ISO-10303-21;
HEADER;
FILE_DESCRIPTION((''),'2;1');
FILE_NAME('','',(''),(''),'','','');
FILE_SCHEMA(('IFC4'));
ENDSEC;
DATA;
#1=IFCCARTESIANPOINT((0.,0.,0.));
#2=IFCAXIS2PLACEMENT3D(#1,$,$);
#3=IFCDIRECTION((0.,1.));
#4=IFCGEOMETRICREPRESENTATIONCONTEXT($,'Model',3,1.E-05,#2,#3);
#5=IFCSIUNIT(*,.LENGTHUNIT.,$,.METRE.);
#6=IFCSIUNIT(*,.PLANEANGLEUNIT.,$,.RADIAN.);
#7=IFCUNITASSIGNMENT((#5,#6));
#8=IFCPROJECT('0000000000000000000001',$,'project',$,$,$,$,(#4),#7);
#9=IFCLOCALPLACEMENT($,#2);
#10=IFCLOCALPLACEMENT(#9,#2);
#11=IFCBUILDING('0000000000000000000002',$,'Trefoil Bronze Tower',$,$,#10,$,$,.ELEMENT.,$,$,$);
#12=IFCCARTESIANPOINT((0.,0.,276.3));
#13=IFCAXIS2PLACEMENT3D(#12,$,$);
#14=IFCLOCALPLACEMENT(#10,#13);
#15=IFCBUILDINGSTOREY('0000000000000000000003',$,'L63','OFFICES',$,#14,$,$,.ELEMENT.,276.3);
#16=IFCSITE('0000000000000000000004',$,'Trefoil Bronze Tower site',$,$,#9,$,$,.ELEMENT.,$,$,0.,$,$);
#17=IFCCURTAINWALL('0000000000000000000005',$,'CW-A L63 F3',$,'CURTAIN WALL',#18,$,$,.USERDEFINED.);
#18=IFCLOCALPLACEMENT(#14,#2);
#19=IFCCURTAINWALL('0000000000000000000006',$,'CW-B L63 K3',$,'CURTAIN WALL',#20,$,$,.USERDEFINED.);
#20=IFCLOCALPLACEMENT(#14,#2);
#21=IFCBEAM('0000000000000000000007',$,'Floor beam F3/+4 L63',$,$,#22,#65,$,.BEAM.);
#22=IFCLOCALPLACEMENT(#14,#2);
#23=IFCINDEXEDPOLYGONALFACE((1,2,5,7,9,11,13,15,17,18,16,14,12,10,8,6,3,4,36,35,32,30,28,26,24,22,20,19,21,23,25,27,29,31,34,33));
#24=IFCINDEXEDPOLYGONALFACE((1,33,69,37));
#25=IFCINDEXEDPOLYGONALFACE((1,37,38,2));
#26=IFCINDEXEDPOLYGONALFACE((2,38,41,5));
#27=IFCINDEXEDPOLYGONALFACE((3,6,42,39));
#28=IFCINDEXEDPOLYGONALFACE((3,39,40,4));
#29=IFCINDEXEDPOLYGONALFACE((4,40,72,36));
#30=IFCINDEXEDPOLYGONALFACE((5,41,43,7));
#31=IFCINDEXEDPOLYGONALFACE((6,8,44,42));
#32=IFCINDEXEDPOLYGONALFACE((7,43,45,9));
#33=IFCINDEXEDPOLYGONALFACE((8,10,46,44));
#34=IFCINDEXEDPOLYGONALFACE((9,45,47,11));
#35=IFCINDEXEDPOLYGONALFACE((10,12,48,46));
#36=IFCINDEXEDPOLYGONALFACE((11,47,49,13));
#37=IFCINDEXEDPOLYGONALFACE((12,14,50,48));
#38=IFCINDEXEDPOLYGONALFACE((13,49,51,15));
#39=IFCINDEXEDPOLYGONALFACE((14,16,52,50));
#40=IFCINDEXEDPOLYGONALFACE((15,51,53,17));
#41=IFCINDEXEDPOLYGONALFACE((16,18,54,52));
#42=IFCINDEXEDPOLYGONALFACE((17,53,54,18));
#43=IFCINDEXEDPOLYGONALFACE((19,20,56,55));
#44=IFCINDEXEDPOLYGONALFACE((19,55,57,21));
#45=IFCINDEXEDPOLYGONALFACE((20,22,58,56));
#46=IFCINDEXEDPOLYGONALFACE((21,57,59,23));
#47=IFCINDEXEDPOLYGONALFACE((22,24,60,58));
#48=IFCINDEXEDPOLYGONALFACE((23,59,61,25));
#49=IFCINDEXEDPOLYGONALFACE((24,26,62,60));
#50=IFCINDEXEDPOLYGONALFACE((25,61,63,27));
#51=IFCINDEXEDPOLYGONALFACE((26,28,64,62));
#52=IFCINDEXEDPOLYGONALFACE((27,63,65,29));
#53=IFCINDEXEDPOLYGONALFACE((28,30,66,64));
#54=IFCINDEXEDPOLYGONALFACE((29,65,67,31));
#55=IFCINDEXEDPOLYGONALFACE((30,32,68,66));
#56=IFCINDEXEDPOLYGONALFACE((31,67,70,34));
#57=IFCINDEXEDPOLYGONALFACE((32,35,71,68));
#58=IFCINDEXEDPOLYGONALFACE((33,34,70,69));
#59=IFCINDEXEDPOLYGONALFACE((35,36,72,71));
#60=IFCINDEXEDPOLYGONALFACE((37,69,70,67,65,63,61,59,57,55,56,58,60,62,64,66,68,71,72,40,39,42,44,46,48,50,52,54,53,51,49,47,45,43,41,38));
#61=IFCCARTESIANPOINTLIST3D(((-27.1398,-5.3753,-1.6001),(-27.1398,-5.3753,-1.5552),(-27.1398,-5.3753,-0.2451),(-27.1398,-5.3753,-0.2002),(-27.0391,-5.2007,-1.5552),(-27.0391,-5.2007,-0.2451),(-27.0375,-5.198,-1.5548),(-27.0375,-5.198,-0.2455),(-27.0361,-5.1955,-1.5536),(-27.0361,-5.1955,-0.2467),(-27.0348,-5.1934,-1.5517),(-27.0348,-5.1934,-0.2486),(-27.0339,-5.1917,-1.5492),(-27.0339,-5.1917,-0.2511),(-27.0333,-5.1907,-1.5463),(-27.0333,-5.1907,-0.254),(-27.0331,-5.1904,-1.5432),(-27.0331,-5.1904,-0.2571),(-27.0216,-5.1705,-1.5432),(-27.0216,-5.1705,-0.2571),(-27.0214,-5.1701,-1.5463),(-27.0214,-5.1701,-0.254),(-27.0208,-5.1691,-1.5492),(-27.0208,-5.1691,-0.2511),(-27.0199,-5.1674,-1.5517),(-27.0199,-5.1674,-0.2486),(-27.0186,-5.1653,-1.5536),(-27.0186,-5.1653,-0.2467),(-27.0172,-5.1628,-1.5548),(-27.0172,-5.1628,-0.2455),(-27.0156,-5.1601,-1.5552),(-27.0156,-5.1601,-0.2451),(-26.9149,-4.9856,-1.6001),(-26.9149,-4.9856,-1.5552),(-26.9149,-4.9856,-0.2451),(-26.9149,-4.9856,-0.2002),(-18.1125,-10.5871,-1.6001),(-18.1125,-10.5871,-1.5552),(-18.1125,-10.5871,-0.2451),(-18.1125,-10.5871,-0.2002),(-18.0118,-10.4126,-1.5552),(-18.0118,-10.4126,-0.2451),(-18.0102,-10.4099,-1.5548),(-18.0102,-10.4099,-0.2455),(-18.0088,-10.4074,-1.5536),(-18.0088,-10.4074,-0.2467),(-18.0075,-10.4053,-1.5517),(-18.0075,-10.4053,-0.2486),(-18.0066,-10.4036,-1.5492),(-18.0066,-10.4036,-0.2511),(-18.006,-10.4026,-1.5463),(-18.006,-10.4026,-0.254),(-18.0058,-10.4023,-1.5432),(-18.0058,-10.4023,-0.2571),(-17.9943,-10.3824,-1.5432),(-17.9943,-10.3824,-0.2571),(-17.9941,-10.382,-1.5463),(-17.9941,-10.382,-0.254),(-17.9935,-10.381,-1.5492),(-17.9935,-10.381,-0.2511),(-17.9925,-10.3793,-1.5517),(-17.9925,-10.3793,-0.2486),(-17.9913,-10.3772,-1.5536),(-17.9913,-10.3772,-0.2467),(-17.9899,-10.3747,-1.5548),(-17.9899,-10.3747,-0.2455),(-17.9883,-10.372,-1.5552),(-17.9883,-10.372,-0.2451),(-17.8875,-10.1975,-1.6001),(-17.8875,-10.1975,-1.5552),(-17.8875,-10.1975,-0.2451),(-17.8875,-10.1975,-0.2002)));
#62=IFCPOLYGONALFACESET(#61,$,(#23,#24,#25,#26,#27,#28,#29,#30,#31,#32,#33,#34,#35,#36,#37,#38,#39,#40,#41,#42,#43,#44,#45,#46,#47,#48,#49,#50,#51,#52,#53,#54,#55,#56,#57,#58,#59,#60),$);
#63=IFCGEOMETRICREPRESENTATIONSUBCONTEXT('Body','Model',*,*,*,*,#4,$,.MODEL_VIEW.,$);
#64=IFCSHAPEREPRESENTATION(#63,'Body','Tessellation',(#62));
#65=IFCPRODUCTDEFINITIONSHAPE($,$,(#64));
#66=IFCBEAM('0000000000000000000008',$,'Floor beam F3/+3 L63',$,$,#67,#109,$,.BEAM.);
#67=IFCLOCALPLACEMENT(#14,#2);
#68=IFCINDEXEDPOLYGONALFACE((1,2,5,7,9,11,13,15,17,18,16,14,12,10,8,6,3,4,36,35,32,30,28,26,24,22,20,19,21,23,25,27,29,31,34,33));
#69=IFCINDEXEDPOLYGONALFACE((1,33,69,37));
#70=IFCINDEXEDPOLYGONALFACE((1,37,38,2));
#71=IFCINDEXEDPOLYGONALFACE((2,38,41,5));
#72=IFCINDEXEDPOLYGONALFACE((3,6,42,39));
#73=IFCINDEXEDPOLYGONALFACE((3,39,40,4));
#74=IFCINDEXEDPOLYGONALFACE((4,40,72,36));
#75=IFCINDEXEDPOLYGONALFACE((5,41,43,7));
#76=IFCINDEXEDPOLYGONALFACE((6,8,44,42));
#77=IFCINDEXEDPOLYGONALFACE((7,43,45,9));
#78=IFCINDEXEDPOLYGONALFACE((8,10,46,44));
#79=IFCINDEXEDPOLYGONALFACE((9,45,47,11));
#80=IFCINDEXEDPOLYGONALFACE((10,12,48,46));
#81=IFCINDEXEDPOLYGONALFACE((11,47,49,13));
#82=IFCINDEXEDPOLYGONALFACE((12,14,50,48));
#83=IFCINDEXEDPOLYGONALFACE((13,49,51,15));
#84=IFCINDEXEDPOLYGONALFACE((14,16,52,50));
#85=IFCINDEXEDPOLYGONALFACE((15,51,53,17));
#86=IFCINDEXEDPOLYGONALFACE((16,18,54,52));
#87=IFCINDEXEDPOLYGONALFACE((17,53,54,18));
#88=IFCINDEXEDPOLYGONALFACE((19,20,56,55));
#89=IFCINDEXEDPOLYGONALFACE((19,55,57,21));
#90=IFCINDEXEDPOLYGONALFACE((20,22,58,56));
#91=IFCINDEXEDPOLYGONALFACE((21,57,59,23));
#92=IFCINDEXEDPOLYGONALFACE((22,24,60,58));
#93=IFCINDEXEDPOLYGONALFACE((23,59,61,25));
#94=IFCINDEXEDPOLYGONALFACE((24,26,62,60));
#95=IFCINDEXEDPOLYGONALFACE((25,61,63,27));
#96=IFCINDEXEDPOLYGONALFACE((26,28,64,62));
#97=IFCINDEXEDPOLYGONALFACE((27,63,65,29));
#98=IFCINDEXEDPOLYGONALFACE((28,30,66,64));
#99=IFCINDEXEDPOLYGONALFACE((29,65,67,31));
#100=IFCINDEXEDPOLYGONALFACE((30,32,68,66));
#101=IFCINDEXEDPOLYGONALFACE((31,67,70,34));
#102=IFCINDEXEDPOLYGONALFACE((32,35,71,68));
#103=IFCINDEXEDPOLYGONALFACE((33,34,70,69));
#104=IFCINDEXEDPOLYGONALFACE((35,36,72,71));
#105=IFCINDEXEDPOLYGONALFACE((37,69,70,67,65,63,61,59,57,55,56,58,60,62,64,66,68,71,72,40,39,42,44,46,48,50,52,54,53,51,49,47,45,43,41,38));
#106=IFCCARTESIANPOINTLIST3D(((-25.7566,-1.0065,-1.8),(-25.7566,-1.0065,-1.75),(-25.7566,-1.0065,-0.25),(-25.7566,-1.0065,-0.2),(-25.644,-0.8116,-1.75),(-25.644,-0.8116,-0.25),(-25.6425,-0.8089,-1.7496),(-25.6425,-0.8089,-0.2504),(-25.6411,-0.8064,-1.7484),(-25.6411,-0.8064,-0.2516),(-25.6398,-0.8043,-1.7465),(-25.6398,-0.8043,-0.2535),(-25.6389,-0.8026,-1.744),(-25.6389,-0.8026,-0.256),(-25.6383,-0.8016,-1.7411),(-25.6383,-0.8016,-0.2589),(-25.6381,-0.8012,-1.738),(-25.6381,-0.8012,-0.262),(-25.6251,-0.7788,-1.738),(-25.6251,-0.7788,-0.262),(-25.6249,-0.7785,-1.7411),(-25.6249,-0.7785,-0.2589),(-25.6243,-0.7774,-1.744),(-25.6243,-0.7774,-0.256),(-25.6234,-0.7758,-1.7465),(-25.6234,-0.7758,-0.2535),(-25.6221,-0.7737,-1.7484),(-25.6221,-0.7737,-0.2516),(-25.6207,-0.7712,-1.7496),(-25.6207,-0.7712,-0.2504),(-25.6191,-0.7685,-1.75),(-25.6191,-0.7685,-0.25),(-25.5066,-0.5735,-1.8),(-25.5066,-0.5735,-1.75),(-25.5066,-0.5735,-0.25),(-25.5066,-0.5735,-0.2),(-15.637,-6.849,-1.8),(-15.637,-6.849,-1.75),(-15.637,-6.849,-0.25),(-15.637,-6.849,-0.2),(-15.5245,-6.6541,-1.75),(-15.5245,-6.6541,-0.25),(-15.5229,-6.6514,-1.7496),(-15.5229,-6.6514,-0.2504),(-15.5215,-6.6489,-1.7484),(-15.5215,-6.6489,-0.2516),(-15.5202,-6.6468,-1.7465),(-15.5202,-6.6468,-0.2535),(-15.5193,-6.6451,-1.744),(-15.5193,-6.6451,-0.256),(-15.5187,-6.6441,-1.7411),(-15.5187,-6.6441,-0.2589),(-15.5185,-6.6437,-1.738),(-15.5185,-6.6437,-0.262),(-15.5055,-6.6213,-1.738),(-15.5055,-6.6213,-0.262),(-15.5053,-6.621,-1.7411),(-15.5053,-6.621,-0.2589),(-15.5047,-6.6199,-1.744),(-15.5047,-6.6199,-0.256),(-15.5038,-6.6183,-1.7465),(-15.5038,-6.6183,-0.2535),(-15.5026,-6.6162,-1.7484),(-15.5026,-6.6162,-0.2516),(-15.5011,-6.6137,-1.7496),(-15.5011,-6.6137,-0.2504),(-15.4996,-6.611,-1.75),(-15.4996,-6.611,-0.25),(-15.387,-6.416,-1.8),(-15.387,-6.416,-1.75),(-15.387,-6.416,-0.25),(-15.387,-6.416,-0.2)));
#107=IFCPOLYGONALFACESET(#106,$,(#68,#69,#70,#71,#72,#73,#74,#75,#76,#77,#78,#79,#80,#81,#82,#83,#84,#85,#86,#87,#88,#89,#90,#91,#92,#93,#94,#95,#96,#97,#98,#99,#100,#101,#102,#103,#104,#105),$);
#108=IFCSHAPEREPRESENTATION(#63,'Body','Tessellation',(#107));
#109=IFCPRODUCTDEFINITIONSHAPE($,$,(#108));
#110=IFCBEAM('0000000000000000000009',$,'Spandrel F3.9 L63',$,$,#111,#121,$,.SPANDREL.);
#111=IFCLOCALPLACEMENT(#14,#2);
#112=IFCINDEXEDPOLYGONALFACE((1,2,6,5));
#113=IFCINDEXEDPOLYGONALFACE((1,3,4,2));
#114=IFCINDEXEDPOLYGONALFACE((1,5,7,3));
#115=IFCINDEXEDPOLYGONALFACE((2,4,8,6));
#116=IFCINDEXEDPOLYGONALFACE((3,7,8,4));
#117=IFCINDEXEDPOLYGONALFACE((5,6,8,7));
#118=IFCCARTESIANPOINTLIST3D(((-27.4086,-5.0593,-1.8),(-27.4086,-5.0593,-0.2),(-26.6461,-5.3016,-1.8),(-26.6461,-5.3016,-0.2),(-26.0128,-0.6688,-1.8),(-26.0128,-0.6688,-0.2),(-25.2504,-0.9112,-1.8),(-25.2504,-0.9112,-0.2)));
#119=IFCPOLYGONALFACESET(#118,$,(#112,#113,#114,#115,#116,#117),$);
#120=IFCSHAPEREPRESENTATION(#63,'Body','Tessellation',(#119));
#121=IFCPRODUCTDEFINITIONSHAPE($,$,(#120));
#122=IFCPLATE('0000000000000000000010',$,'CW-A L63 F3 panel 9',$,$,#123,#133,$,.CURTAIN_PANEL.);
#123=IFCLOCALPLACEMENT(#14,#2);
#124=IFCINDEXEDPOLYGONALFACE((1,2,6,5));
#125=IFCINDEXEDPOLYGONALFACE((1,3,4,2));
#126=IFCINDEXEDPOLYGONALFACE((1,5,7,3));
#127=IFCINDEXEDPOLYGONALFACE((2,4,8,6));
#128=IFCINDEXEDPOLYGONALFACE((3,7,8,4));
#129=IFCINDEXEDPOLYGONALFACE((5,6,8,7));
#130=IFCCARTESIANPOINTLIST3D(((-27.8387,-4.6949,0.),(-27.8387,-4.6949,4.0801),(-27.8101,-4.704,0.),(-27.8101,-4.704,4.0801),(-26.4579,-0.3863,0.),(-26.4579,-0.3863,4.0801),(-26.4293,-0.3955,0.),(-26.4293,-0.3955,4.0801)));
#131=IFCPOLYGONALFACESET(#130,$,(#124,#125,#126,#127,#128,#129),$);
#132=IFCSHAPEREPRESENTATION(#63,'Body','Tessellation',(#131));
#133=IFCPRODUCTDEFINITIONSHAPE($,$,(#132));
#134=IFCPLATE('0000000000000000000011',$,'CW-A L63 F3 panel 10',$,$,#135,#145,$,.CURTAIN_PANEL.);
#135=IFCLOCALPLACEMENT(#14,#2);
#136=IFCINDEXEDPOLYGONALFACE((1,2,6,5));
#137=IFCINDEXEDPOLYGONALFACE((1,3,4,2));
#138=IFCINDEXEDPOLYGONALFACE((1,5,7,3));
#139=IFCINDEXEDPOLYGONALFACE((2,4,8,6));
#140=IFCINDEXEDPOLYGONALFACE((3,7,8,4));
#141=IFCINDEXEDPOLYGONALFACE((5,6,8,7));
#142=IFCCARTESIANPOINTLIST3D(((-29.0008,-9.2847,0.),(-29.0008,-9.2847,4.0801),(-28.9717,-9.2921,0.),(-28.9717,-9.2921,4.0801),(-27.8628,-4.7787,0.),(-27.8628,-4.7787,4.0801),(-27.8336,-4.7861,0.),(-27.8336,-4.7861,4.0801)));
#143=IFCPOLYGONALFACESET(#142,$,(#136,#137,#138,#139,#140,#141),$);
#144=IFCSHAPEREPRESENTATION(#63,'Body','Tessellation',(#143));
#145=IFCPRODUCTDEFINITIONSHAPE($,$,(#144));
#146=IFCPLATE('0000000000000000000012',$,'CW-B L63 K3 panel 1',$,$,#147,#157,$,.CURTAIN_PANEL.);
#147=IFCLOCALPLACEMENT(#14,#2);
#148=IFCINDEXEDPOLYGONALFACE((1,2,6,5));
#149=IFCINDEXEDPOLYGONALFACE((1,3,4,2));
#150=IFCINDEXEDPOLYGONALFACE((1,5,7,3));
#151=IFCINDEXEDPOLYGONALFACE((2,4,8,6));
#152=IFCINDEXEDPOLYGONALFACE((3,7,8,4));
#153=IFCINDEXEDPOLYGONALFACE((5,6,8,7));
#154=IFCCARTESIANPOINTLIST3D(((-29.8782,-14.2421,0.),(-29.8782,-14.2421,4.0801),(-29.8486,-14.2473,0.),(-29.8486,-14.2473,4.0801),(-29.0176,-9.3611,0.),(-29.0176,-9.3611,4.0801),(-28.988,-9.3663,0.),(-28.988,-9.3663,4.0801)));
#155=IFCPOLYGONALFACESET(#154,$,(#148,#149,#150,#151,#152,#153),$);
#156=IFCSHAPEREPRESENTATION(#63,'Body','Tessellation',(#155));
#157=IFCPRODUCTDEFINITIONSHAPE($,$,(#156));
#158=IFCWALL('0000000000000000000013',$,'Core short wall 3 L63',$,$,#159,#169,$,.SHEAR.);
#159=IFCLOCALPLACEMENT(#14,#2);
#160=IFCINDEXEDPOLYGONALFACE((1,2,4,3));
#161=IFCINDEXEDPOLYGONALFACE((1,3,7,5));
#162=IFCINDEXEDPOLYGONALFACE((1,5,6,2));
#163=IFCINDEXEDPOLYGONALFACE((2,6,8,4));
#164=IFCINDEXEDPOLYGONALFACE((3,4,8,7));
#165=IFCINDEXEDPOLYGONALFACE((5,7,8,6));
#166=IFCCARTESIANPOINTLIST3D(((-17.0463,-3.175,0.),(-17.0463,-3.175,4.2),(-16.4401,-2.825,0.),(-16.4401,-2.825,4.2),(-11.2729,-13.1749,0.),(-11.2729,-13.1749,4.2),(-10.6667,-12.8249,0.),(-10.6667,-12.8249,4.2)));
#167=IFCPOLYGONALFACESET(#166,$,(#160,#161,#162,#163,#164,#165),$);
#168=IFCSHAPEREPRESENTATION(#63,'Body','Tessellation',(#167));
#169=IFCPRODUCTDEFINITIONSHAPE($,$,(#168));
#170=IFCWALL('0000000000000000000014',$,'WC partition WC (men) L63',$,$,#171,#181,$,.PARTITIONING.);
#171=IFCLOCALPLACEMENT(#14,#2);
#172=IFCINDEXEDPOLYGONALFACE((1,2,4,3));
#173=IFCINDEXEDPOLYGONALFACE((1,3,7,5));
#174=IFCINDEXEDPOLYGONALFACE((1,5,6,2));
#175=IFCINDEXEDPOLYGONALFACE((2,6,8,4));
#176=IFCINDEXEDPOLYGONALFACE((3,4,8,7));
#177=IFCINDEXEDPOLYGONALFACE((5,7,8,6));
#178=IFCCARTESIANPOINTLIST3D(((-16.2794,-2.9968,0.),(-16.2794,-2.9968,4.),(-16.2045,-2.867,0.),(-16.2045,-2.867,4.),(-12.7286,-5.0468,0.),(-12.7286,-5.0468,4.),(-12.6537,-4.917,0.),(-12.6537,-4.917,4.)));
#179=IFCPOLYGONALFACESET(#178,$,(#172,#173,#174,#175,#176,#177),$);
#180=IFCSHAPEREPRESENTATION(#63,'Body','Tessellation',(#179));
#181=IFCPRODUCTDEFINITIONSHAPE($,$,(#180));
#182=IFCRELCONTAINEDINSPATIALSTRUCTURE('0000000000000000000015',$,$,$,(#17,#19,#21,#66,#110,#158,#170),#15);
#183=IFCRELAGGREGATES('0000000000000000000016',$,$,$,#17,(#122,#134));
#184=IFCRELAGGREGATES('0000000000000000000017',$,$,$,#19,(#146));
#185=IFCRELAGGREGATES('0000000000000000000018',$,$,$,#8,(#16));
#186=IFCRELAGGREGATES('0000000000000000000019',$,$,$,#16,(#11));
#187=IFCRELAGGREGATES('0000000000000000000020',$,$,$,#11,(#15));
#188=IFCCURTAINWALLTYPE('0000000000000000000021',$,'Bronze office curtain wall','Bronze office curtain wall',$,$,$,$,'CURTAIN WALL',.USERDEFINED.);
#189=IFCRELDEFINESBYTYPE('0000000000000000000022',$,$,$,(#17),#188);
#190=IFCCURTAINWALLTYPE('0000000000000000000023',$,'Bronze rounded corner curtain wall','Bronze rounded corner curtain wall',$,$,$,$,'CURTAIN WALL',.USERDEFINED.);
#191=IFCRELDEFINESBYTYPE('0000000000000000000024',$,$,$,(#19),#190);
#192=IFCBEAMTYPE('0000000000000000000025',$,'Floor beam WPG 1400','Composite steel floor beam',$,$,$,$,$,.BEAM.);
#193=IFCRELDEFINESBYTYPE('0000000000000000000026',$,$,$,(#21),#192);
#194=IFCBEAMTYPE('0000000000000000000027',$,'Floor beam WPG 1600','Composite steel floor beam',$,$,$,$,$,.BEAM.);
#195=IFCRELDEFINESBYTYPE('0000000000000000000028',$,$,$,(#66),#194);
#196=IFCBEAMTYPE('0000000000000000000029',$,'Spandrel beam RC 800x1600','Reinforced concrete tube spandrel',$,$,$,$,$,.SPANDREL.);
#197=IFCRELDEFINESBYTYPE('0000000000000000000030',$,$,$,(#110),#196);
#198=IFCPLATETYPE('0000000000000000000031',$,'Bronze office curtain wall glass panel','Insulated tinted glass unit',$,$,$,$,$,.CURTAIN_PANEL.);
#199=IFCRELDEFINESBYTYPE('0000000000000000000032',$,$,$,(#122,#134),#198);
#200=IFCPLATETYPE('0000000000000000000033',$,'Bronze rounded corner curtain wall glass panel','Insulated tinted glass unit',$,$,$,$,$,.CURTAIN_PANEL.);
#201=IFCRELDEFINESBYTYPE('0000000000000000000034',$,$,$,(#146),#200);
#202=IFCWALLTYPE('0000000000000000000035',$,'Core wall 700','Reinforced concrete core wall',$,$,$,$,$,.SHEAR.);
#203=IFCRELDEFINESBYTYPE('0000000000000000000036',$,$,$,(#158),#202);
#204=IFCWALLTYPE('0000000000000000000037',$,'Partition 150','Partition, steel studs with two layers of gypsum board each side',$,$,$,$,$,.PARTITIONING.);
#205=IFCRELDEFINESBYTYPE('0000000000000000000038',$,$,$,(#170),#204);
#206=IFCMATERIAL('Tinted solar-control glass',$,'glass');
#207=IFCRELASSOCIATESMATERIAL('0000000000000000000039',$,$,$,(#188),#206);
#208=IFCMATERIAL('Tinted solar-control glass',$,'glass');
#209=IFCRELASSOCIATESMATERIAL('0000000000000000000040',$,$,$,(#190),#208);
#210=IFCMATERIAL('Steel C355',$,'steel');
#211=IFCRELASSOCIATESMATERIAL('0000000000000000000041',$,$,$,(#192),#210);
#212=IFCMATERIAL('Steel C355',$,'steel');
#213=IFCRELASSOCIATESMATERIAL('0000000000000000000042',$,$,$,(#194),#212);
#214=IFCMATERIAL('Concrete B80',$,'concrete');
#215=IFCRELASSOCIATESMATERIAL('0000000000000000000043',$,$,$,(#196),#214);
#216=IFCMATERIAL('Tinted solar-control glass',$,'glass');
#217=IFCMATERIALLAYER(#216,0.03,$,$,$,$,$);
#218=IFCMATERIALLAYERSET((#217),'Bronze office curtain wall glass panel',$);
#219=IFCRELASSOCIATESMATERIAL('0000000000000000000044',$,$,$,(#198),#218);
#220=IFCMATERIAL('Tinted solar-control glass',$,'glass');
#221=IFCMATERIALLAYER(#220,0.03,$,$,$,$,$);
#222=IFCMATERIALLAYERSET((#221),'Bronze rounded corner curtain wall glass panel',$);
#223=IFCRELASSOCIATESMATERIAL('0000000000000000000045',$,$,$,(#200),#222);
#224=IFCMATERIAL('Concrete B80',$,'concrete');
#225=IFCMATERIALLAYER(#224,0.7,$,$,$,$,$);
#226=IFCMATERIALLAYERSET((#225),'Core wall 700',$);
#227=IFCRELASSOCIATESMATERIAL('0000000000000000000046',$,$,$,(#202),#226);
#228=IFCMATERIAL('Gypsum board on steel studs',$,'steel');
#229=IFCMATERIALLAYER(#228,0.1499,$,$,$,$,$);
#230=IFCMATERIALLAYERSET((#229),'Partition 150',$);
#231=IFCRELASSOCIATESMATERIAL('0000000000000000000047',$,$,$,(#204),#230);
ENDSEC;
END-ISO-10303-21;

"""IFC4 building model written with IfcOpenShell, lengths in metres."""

from ifc_helpers import new_model, si_unit, direction, frame, frame_2d, origin, origin_2d, place, context, subcontext, project, spatial, rectangle, i_section, extrude, material, layer, layer_set, material_profile, profile_set, type_object, element, aggregate, save


model = new_model("IFC4")

# Units and contexts
model_context = context("Model", 3, precision=1e-05, world=origin(), true_north=direction((0.0, 1.0)))
body_context = subcontext(model_context, "Body", "Model", "MODEL_VIEW")
ifc_project = project(units=[si_unit("LENGTHUNIT", "METRE"), si_unit("PLANEANGLEUNIT", "RADIAN")], contexts=[model_context])

# Site, building, storey
site_placement = place(None, origin())
site = spatial("IfcSite", under=ifc_project, at=site_placement, Name="Trefoil Bronze Tower site", CompositionType="ELEMENT", RefElevation=0.0)
building_placement = place(site_placement, origin())
building = spatial("IfcBuilding", under=site, at=building_placement, Name="Trefoil Bronze Tower", CompositionType="ELEMENT")
storey_placement = place(building_placement, frame((0.0, 0.0, 276.3)))
storey = spatial("IfcBuildingStorey", under=building, at=storey_placement, Name="L63", Description="OFFICES", CompositionType="ELEMENT", Elevation=276.3)

# Curtain walls
ifc_material_1 = material(Name="Tinted solar-control glass", Category="glass")
curtain_wall_type_1 = type_object("IfcCurtainWallType", Name="Bronze office curtain wall", Description="Bronze office curtain wall", ElementType="CURTAIN WALL", PredefinedType="USERDEFINED", material=ifc_material_1)
curtain_wall_1_placement = place(storey_placement, origin())
curtain_wall_1 = element("IfcCurtainWall", 1, at=curtain_wall_1_placement, inside=storey, type_object=curtain_wall_type_1, Name="CW-A L63 F3", ObjectType="CURTAIN WALL", PredefinedType="USERDEFINED")
ifc_material_2 = material(Name="Tinted solar-control glass", Category="glass")
curtain_wall_type_2 = type_object("IfcCurtainWallType", Name="Bronze rounded corner curtain wall", Description="Bronze rounded corner curtain wall", ElementType="CURTAIN WALL", PredefinedType="USERDEFINED", material=ifc_material_2)
curtain_wall_2_placement = place(storey_placement, origin())
curtain_wall_2 = element("IfcCurtainWall", 2, at=curtain_wall_2_placement, inside=storey, type_object=curtain_wall_type_2, Name="CW-B L63 K3", ObjectType="CURTAIN WALL", PredefinedType="USERDEFINED")

# Beams
ifc_material_3 = material(Name="Steel C355", Category="steel")
ifc_material_profile_1 = material_profile(ifc_material_3, i_section(OverallWidth=0.45, OverallDepth=1.3999, WebThickness=0.0229, FlangeThickness=0.0449, FilletRadius=0.012, at=origin_2d()), Name="WPG 1400")
ifc_profile_set_1 = profile_set([ifc_material_profile_1], Name="Steel C355")
beam_type_1 = type_object("IfcBeamType", Name="Floor beam WPG 1400", Description="Composite steel floor beam", PredefinedType="BEAM", material=ifc_profile_set_1)
beam_1_placement = place(storey_placement, frame((-27.0273, -5.1804, -0.9001), z_axis=(0.866026, -0.499998, 0.0), x_axis=(0.499998, 0.866026, 0.0)))
element("IfcBeam", 3, at=beam_1_placement, inside=storey, type_object=beam_type_1, Name="Floor beam F3/+4 L63", PredefinedType="BEAM", context=body_context, shape_type="SweptSolid", body=[
    extrude(i_section(OverallWidth=0.45, OverallDepth=1.3999, WebThickness=0.0229, FlangeThickness=0.0449, FilletRadius=0.012, at=origin_2d()), origin(), (0.0, 0.0, 1.0), 10.4238),
])
ifc_material_4 = material(Name="Steel C355", Category="steel")
ifc_material_profile_2 = material_profile(ifc_material_4, i_section(OverallWidth=0.5, OverallDepth=1.6001, WebThickness=0.0259, FlangeThickness=0.05, FilletRadius=0.012, at=origin_2d()), Name="WPG 1600")
ifc_profile_set_2 = profile_set([ifc_material_profile_2], Name="Steel C355")
beam_type_2 = type_object("IfcBeamType", Name="Floor beam WPG 1600", Description="Composite steel floor beam", PredefinedType="BEAM", material=ifc_profile_set_2)
beam_2_placement = place(storey_placement, frame((-25.6316, -0.79, -1.0), z_axis=(0.866027, -0.499997, 0.0), x_axis=(0.499997, 0.866027, 0.0)))
element("IfcBeam", 4, at=beam_2_placement, inside=storey, type_object=beam_type_2, Name="Floor beam F3/+3 L63", PredefinedType="BEAM", context=body_context, shape_type="SweptSolid", body=[
    extrude(i_section(OverallWidth=0.5, OverallDepth=1.6001, WebThickness=0.0259, FlangeThickness=0.05, FilletRadius=0.012, at=origin_2d()), origin(), (0.0, 0.0, 1.0), 11.6851),
])
ifc_material_5 = material(Name="Concrete B80", Category="concrete")
ifc_material_profile_3 = material_profile(ifc_material_5, rectangle(XDim=0.8, YDim=1.6001, at=origin_2d()), Name="RC 800x1600")
ifc_profile_set_3 = profile_set([ifc_material_profile_3], Name="Concrete B80")
beam_type_3 = type_object("IfcBeamType", Name="Spandrel beam RC 800x1600", Description="Reinforced concrete tube spandrel", PredefinedType="SPANDREL", material=ifc_profile_set_3)
beam_3_placement = place(storey_placement, frame((-25.6316, -0.79, -1.0), z_axis=(-0.30297, -0.953, 0.0), x_axis=(0.953, -0.30297, 0.0)))
element("IfcBeam", 5, at=beam_3_placement, inside=storey, type_object=beam_type_3, Name="Spandrel F3.9 L63", PredefinedType="SPANDREL", context=body_context, shape_type="SweptSolid", body=[
    extrude(rectangle(XDim=0.8, YDim=1.6001, at=origin_2d()), origin(), (0.0, 0.0, 1.0), 4.6069),
])

# Plates
ifc_material_6 = material(Name="Tinted solar-control glass", Category="glass")
ifc_layer_1 = layer(ifc_material_6, 0.03)
ifc_layer_set_1 = layer_set([ifc_layer_1], Name="Bronze office curtain wall glass panel")
plate_type_1 = type_object("IfcPlateType", Name="Bronze office curtain wall glass panel", Description="Insulated tinted glass unit", PredefinedType="CURTAIN_PANEL", material=ifc_layer_set_1)
plate_1_placement = place(storey_placement, frame((-27.134, -2.5452, 0.0), z_axis=(0.0, 0.0, 1.0), x_axis=(-0.305188, -0.952292, 0.0)))
plate_1 = element("IfcPlate", 6, at=plate_1_placement, type_object=plate_type_1, Name="CW-A L63 F3 panel 9", PredefinedType="CURTAIN_PANEL", context=body_context, shape_type="SweptSolid", body=[
    extrude(rectangle(XDim=4.5244, YDim=0.03, at=origin_2d()), origin(), (0.0, 0.0, 1.0), 4.0801),
])
plate_2_placement = place(storey_placement, frame((-28.4172, -7.0354, 0.0), z_axis=(0.0, 0.0, 1.0), x_axis=(-0.24488, -0.969554, 0.0)))
plate_2 = element("IfcPlate", 7, at=plate_2_placement, type_object=plate_type_1, Name="CW-A L63 F3 panel 10", PredefinedType="CURTAIN_PANEL", context=body_context, shape_type="SweptSolid", body=[
    extrude(rectangle(XDim=4.6475, YDim=0.03, at=origin_2d()), origin(), (0.0, 0.0, 1.0), 4.0801),
])
aggregate(curtain_wall_1, [plate_1, plate_2])
ifc_material_7 = material(Name="Tinted solar-control glass", Category="glass")
ifc_layer_2 = layer(ifc_material_7, 0.03)
ifc_layer_set_2 = layer_set([ifc_layer_2], Name="Bronze rounded corner curtain wall glass panel")
plate_type_2 = type_object("IfcPlateType", Name="Bronze rounded corner curtain wall glass panel", Description="Insulated tinted glass unit", PredefinedType="CURTAIN_PANEL", material=ifc_layer_set_2)
plate_3_placement = place(storey_placement, frame((-29.4331, -11.8042, 0.0), z_axis=(0.0, 0.0, 1.0), x_axis=(-0.173648, -0.984808, 0.0)))
plate_3 = element("IfcPlate", 8, at=plate_3_placement, type_object=plate_type_2, Name="CW-B L63 K3 panel 1", PredefinedType="CURTAIN_PANEL", context=body_context, shape_type="SweptSolid", body=[
    extrude(rectangle(XDim=4.9563, YDim=0.03, at=origin_2d()), origin(), (0.0, 0.0, 1.0), 4.0801),
])
aggregate(curtain_wall_2, [plate_3])

# Walls
ifc_material_8 = material(Name="Concrete B80", Category="concrete")
ifc_layer_3 = layer(ifc_material_8, 0.7)
ifc_layer_set_3 = layer_set([ifc_layer_3], Name="Core wall 700")
wall_type_1 = type_object("IfcWallType", Name="Core wall 700", Description="Reinforced concrete core wall", PredefinedType="SHEAR", material=ifc_layer_set_3)
wall_1_placement = place(storey_placement, frame((-16.7432, -3.0, 0.0), z_axis=(0.0, 0.0, 1.0), x_axis=(0.499996, -0.866028, 0.0)))
element("IfcWall", 9, at=wall_1_placement, inside=storey, type_object=wall_type_1, Name="Core short wall 3 L63", PredefinedType="SHEAR", context=body_context, shape_type="SweptSolid", body=[
    extrude(rectangle(XDim=11.5469, YDim=0.7, at=frame_2d((5.7734, 0.0))), origin(), (0.0, 0.0, 1.0), 4.2),
])
ifc_material_9 = material(Name="Gypsum board on steel studs", Category="steel")
ifc_layer_4 = layer(ifc_material_9, 0.1499)
ifc_layer_set_4 = layer_set([ifc_layer_4], Name="Partition 150")
wall_type_2 = type_object("IfcWallType", Name="Partition 150", Description="Partition, steel studs with two layers of gypsum board each side", PredefinedType="PARTITIONING", material=ifc_layer_set_4)
wall_2_placement = place(storey_placement, frame((-12.6912, -4.9819, 0.0), z_axis=(0.0, 0.0, 1.0), x_axis=(-0.866025, 0.500001, 0.0)))
element("IfcWall", 10, at=wall_2_placement, inside=storey, type_object=wall_type_2, Name="WC partition WC (men) L63", PredefinedType="PARTITIONING", context=body_context, shape_type="SweptSolid", body=[
    extrude(rectangle(XDim=4.1001, YDim=0.1499, at=frame_2d((2.05, 0.0))), origin(), (0.0, 0.0, 1.0), 4.0),
])

save(model, "model.ifc")
